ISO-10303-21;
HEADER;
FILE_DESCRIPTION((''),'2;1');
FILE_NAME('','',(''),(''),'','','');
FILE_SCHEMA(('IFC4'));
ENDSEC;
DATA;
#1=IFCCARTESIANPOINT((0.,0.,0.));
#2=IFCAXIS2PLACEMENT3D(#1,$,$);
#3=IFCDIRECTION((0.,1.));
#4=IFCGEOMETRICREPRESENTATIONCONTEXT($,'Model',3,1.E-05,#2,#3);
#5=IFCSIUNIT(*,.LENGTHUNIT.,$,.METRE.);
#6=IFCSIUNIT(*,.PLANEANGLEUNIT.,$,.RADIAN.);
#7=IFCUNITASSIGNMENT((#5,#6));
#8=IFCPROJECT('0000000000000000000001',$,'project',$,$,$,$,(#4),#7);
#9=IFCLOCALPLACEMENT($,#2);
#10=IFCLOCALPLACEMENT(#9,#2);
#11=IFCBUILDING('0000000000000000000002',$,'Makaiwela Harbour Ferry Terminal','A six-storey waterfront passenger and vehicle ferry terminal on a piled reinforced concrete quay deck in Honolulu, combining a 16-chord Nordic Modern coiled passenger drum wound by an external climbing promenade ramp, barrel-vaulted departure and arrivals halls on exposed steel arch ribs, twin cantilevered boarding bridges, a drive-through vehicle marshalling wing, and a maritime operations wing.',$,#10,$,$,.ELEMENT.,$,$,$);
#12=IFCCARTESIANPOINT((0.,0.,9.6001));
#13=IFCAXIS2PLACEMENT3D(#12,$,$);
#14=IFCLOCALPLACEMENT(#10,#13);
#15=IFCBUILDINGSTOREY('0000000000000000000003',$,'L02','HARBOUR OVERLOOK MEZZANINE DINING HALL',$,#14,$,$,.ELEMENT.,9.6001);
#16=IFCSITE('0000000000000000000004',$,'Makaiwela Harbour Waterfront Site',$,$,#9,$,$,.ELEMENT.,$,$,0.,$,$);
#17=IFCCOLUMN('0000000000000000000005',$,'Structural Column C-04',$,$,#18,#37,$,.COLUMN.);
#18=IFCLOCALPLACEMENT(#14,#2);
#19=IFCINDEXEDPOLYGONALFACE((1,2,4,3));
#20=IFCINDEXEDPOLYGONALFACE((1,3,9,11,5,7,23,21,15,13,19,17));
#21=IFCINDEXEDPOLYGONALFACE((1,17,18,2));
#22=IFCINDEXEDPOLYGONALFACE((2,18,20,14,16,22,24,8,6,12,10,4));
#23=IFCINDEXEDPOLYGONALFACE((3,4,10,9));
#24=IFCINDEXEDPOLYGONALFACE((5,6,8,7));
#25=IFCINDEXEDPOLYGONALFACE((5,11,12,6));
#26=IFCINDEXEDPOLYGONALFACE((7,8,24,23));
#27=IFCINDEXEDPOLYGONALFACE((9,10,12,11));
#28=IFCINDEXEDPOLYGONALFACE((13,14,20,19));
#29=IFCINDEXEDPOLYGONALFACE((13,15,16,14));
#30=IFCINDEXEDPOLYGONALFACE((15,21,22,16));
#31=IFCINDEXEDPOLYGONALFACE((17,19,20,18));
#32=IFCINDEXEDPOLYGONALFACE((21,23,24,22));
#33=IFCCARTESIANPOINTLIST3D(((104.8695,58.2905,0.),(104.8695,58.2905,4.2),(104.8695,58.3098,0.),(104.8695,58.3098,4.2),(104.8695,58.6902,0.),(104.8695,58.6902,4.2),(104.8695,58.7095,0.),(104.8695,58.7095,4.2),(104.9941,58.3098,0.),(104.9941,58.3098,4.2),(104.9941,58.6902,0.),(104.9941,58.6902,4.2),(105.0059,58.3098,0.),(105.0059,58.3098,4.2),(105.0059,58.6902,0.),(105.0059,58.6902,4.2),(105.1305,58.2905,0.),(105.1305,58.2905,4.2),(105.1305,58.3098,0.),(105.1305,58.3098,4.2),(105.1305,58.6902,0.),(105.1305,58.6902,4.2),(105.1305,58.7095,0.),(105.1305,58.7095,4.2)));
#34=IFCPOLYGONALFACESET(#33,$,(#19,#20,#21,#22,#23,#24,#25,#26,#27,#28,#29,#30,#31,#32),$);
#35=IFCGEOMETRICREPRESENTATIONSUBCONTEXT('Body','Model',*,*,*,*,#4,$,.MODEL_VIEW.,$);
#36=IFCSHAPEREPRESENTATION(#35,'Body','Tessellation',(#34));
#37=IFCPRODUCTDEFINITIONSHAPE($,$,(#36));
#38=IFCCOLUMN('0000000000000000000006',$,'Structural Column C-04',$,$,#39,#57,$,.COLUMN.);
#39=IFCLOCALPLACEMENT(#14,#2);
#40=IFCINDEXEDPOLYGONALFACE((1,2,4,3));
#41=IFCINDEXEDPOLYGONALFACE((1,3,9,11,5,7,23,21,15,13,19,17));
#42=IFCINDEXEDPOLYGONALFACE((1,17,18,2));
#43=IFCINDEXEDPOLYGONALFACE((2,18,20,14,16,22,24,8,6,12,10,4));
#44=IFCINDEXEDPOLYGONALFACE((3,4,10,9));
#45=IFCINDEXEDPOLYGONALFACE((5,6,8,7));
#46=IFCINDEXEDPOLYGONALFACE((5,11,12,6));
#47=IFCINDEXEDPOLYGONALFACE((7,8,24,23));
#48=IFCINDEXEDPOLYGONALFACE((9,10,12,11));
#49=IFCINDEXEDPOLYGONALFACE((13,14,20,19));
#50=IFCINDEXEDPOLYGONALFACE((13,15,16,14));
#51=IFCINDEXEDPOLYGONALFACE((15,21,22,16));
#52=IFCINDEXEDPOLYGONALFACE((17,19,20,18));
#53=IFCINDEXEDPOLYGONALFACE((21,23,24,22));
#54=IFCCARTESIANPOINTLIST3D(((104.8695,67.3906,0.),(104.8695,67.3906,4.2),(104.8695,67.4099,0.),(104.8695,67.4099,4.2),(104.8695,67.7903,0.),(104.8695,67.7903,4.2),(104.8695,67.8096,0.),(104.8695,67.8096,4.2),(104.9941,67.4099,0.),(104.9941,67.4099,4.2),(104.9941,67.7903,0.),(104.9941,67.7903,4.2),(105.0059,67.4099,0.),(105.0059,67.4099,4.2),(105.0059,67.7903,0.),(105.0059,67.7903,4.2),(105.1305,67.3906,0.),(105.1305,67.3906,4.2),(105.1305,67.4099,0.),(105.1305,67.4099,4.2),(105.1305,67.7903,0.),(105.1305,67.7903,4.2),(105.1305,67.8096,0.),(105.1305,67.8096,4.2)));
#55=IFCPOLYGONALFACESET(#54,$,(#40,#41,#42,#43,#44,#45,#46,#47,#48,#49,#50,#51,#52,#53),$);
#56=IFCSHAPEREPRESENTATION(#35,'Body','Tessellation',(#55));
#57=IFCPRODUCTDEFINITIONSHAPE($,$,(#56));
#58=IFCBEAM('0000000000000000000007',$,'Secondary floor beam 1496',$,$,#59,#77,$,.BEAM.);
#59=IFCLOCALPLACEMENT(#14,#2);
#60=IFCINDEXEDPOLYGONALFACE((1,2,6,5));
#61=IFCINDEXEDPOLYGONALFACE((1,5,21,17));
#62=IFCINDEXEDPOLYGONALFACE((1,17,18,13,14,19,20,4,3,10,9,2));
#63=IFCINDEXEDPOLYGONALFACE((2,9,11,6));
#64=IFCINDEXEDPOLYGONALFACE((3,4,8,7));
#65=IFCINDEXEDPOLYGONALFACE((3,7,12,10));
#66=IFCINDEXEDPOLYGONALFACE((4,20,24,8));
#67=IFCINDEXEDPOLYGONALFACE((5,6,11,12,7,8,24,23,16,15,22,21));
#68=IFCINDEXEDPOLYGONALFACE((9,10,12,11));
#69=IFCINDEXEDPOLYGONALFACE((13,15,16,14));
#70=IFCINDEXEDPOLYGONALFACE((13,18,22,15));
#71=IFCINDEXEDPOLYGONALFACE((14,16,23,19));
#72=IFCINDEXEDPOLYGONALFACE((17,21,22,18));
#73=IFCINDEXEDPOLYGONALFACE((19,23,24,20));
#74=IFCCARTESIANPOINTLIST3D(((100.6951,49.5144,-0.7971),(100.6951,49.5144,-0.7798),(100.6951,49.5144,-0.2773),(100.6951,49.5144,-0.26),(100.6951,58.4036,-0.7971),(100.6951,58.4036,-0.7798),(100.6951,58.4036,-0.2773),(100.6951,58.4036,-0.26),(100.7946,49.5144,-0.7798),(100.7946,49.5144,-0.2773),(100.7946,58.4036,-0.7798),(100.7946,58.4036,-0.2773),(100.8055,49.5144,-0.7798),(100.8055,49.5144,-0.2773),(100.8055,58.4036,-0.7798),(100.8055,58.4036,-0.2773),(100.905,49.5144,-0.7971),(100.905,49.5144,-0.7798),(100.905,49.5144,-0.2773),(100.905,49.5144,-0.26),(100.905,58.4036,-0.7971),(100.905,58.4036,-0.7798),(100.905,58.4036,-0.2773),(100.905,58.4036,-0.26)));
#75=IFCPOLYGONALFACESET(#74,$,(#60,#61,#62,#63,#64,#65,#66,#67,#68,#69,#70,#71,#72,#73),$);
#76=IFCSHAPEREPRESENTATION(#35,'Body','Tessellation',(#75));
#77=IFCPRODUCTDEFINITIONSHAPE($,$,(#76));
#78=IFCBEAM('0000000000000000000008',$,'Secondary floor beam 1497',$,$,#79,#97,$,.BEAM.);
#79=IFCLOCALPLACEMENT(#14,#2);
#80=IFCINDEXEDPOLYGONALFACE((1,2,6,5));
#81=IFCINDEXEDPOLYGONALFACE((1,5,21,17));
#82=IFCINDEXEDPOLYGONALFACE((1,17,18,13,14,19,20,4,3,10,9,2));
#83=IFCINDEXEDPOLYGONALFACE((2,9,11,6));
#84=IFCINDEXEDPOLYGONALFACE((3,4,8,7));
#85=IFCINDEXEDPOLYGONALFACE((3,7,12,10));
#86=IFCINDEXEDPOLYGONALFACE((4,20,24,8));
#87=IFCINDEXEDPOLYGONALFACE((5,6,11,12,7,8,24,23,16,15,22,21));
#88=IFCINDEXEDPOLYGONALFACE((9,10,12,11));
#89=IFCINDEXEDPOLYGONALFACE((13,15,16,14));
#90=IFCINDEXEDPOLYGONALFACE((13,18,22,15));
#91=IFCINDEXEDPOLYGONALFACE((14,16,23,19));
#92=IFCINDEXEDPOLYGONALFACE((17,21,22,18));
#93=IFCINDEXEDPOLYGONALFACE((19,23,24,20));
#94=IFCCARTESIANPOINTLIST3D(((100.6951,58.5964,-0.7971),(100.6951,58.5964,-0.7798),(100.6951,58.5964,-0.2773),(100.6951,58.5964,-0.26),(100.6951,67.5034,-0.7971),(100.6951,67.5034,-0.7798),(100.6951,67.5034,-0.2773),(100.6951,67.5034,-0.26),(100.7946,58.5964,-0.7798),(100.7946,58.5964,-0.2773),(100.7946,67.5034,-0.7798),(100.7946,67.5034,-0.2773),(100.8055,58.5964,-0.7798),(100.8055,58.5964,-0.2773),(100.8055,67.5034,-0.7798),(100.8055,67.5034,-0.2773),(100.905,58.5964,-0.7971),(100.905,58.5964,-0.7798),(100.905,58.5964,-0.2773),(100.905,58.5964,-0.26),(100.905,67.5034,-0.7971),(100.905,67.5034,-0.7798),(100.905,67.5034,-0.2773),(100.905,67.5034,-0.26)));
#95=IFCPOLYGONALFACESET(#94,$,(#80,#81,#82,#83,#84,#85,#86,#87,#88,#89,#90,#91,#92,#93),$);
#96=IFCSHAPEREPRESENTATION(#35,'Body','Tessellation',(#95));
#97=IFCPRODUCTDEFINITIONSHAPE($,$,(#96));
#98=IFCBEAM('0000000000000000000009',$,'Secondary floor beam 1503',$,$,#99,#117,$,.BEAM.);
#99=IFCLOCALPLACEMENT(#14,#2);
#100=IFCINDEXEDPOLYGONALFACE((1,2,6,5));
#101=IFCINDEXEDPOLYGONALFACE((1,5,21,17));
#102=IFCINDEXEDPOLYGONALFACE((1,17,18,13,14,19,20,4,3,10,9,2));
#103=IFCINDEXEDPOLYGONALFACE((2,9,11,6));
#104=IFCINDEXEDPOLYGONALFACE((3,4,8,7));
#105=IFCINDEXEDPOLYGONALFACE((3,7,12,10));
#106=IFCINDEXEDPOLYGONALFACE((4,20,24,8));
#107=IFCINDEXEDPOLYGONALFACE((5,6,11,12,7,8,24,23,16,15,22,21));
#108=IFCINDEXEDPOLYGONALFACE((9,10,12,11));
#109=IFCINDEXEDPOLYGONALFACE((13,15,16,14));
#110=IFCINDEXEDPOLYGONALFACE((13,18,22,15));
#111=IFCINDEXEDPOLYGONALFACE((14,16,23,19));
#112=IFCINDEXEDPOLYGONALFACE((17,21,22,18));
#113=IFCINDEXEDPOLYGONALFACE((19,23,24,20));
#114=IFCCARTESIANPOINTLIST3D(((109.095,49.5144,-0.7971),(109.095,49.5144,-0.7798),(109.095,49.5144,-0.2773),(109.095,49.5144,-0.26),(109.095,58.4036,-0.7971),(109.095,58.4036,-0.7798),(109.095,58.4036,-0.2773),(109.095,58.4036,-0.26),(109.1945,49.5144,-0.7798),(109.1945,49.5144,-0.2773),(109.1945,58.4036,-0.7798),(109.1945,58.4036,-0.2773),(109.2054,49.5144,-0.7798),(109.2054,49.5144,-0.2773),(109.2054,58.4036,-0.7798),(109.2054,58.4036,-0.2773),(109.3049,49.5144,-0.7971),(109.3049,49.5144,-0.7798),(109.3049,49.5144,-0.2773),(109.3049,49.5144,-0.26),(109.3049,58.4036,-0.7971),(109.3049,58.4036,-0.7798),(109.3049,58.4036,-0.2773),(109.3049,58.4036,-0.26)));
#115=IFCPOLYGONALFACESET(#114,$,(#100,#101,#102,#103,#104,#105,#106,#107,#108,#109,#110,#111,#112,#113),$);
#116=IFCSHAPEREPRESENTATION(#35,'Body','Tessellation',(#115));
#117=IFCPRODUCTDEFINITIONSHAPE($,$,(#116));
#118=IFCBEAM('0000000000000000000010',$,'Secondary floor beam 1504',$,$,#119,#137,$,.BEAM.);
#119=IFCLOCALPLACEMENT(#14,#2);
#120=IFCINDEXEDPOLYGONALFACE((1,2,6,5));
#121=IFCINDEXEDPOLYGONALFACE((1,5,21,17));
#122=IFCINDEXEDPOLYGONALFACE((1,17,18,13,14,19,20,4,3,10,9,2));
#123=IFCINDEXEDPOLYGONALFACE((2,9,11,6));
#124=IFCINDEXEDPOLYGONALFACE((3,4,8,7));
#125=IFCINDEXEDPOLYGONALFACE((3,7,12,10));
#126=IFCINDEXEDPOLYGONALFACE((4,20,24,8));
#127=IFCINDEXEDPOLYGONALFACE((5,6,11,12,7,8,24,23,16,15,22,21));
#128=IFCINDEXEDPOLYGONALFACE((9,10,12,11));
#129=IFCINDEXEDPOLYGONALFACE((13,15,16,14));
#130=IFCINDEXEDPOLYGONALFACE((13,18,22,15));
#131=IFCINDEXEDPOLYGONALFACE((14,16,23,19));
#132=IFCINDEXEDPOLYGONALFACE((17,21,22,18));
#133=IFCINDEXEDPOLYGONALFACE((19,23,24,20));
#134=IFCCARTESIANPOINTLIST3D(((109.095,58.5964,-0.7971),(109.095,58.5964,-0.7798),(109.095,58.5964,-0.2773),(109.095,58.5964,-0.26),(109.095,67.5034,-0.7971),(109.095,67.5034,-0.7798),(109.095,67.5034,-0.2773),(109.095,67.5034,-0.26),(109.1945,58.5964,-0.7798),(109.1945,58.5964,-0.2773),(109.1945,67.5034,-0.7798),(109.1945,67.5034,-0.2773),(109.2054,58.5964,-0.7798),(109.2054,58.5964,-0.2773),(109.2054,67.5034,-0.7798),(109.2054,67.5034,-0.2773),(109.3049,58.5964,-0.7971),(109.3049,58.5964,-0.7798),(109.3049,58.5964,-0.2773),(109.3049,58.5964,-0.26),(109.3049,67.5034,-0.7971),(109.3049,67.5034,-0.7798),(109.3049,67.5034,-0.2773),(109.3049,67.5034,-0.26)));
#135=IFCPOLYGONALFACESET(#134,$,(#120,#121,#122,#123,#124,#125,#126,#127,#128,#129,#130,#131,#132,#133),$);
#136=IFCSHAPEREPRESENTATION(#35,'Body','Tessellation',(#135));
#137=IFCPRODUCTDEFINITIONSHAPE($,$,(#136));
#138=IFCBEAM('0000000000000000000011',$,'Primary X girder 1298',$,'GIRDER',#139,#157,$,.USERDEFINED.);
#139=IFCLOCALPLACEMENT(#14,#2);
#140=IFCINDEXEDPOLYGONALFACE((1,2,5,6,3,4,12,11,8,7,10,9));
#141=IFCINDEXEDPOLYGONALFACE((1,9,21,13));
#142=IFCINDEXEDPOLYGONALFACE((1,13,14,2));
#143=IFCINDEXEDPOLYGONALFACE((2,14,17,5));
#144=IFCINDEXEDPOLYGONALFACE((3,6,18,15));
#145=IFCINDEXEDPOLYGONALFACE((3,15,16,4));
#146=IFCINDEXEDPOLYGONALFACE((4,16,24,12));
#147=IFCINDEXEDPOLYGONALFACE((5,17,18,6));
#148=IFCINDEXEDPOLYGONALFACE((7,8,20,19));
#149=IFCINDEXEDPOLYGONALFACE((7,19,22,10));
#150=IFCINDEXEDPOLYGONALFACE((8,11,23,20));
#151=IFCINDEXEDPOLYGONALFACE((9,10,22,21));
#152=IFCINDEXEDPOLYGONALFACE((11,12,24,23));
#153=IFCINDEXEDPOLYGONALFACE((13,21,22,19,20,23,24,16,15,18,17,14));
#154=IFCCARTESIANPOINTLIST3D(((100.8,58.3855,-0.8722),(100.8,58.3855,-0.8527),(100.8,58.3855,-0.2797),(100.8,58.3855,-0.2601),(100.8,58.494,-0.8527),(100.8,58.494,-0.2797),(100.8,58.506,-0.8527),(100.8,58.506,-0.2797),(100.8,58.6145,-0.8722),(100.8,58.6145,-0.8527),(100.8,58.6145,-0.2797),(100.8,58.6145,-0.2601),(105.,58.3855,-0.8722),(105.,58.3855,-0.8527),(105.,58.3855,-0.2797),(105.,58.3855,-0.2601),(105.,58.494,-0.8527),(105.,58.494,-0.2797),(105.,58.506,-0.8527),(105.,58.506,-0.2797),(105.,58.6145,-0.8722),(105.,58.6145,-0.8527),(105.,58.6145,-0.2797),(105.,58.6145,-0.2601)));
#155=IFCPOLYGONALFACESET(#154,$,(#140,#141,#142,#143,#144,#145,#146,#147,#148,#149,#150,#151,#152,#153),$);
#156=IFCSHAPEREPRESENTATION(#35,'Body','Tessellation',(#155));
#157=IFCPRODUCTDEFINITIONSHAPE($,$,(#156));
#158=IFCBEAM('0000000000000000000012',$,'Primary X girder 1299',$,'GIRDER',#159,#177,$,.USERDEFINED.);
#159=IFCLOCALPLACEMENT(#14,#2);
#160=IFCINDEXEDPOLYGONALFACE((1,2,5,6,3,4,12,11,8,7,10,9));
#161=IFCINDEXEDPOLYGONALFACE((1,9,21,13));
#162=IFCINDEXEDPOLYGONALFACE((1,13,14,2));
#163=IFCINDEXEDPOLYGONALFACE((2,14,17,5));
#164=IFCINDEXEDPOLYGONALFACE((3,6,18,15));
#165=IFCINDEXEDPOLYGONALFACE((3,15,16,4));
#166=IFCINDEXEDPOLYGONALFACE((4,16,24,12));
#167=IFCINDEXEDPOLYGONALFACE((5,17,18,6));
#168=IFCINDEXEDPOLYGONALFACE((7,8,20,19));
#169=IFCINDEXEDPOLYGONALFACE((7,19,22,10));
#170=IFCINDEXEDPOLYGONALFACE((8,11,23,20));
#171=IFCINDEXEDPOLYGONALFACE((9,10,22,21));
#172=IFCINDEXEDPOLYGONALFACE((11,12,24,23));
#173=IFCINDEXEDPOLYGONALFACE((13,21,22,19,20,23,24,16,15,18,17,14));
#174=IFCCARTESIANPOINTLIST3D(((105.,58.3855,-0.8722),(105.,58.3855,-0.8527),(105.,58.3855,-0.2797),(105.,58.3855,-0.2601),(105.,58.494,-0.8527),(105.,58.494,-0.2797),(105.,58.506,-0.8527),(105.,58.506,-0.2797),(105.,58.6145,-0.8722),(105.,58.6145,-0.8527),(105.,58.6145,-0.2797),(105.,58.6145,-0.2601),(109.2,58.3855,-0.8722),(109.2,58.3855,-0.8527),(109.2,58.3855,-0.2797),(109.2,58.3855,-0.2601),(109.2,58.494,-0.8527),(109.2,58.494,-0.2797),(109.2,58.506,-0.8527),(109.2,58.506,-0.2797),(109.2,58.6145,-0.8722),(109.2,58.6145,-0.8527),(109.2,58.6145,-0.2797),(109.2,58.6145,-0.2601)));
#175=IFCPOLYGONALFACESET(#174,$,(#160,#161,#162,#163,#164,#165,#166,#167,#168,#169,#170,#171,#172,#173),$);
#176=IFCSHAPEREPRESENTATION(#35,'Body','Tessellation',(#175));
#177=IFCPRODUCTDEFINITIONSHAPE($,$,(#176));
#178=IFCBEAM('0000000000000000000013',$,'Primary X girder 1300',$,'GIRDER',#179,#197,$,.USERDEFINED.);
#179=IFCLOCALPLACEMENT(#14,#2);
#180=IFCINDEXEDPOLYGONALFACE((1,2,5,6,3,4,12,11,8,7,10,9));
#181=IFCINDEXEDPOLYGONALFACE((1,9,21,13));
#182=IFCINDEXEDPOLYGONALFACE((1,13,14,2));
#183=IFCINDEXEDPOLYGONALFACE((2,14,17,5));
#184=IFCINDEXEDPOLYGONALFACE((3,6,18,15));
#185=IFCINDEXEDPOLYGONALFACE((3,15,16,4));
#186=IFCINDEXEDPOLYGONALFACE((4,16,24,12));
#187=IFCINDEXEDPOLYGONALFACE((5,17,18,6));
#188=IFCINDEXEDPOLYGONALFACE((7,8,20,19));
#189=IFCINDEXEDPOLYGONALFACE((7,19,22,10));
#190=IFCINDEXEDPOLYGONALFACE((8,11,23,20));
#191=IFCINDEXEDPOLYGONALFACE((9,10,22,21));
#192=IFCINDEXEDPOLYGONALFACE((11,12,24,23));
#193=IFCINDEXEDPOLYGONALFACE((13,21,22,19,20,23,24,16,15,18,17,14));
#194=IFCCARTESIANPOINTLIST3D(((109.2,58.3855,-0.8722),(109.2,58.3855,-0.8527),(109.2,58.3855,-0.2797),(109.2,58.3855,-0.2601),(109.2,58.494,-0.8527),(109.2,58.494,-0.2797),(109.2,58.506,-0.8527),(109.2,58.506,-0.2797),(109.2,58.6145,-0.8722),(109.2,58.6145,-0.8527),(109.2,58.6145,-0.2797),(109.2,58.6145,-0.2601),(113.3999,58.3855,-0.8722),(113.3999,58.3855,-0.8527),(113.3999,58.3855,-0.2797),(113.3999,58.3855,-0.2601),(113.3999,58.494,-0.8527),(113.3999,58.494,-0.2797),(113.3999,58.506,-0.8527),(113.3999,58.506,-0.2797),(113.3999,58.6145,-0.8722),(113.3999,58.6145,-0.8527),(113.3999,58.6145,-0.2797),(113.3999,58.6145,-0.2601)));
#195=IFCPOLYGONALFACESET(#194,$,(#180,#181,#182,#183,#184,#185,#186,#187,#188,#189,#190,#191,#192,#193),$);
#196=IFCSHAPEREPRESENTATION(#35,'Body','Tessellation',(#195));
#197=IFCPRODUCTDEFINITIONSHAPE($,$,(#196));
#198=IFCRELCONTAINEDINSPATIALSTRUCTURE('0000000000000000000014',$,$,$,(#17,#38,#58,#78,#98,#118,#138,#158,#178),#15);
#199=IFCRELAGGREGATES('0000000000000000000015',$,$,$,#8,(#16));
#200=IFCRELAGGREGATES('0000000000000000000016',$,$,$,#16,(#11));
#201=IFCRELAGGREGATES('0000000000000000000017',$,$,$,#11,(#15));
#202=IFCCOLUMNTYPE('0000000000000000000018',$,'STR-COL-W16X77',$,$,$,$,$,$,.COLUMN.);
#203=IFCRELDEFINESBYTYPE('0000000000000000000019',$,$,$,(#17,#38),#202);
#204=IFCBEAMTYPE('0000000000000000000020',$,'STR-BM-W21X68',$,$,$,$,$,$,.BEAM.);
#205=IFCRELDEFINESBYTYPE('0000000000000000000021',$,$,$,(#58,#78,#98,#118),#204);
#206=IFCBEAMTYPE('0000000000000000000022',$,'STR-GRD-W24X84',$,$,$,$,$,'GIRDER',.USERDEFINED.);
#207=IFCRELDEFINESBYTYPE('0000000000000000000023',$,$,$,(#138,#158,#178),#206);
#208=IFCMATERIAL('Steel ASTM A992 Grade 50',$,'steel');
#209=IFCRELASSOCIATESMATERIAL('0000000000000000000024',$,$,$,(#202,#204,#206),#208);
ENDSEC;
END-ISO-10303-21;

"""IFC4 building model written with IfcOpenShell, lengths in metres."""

from ifc_helpers import new_model, si_unit, direction, frame, origin, origin_2d, place, context, subcontext, project, spatial, i_section, extrude, material, material_profile, profile_set, type_object, element, save


model = new_model("IFC4")

# Units and contexts
model_context = context("Model", 3, precision=1e-05, world=origin(), true_north=direction((0.0, 1.0)))
body_context = subcontext(model_context, "Body", "Model", "MODEL_VIEW")
ifc_project = project(units=[si_unit("LENGTHUNIT", "METRE"), si_unit("PLANEANGLEUNIT", "RADIAN")], contexts=[model_context])

# Site, building, storey
site_placement = place(None, origin())
site = spatial("IfcSite", under=ifc_project, at=site_placement, Name="Makaiwela Harbour Waterfront Site", CompositionType="ELEMENT", RefElevation=0.0)
building_placement = place(site_placement, origin())
building = spatial("IfcBuilding", under=site, at=building_placement, Name="Makaiwela Harbour Ferry Terminal", Description="A six-storey waterfront passenger and vehicle ferry terminal on a piled reinforced concrete quay deck in Honolulu, combining a 16-chord Nordic Modern coiled passenger drum wound by an external climbing promenade ramp, barrel-vaulted departure and arrivals halls on exposed steel arch ribs, twin cantilevered boarding bridges, a drive-through vehicle marshalling wing, and a maritime operations wing.", CompositionType="ELEMENT")
storey_placement = place(building_placement, frame((0.0, 0.0, 9.6001)))
storey = spatial("IfcBuildingStorey", under=building, at=storey_placement, Name="L02", Description="HARBOUR OVERLOOK MEZZANINE DINING HALL", CompositionType="ELEMENT", Elevation=9.6001)

# Columns
ifc_material_1 = material(Name="Steel ASTM A992 Grade 50", Category="steel")
ifc_material_profile_1 = material_profile(ifc_material_1, i_section(OverallWidth=0.261, OverallDepth=0.4189, WebThickness=0.0117, FlangeThickness=0.0193, at=origin_2d()), Name="W16X77")
ifc_profile_set_1 = profile_set([ifc_material_profile_1], Name="Steel ASTM A992 Grade 50")
column_type = type_object("IfcColumnType", Name="STR-COL-W16X77", PredefinedType="COLUMN", material=ifc_profile_set_1)
for number, where, z_axis, x_axis, name in (
    (1, (105.0, 58.5, 0.0), (0.0, 0.0, 1.0), (1.0, 0.0, 0.0), "Structural Column C-04"),
    (2, (105.0, 67.6001, 0.0), (0.0, 0.0, 1.0), (1.0, 0.0, 0.0), "Structural Column C-04"),
):
    element("IfcColumn", number, at=place(storey_placement, frame(where, z_axis=z_axis, x_axis=x_axis)), inside=storey, type_object=column_type, Name=name, PredefinedType="COLUMN", context=body_context, shape_type="SweptSolid", body=[
        extrude(i_section(OverallWidth=0.261, OverallDepth=0.4189, WebThickness=0.0117, FlangeThickness=0.0193, at=origin_2d()), origin(), (0.0, 0.0, 1.0), 4.2),
    ])

# Beams
ifc_material_profile_2 = material_profile(ifc_material_1, i_section(OverallWidth=0.21, OverallDepth=0.5371, WebThickness=0.011, FlangeThickness=0.0173, at=origin_2d()), Name="W21X68")
ifc_profile_set_2 = profile_set([ifc_material_profile_2], Name="Steel ASTM A992 Grade 50")
beam_type_1 = type_object("IfcBeamType", Name="STR-BM-W21X68", PredefinedType="BEAM", material=ifc_profile_set_2)
beam_1_placement = place(storey_placement, frame((100.8, 49.5144, -0.5286), z_axis=(0.0, 1.0, 0.0), x_axis=(-1.0, 0.0, 0.0)))
element("IfcBeam", 3, at=beam_1_placement, inside=storey, type_object=beam_type_1, Name="Secondary floor beam 1496", PredefinedType="BEAM", context=body_context, shape_type="SweptSolid", body=[
    extrude(i_section(OverallWidth=0.21, OverallDepth=0.5371, WebThickness=0.011, FlangeThickness=0.0173, at=origin_2d()), origin(), (0.0, 0.0, 1.0), 8.8892),
])
beam_2_placement = place(storey_placement, frame((100.8, 58.5964, -0.5286), z_axis=(0.0, 1.0, 0.0), x_axis=(-1.0, 0.0, 0.0)))
element("IfcBeam", 4, at=beam_2_placement, inside=storey, type_object=beam_type_1, Name="Secondary floor beam 1497", PredefinedType="BEAM", context=body_context, shape_type="SweptSolid", body=[
    extrude(i_section(OverallWidth=0.21, OverallDepth=0.5371, WebThickness=0.011, FlangeThickness=0.0173, at=origin_2d()), origin(), (0.0, 0.0, 1.0), 8.907),
])
beam_3_placement = place(storey_placement, frame((109.2, 49.5144, -0.5286), z_axis=(0.0, 1.0, 0.0), x_axis=(-1.0, 0.0, 0.0)))
element("IfcBeam", 5, at=beam_3_placement, inside=storey, type_object=beam_type_1, Name="Secondary floor beam 1503", PredefinedType="BEAM", context=body_context, shape_type="SweptSolid", body=[
    extrude(i_section(OverallWidth=0.21, OverallDepth=0.5371, WebThickness=0.011, FlangeThickness=0.0173, at=origin_2d()), origin(), (0.0, 0.0, 1.0), 8.8892),
])
beam_4_placement = place(storey_placement, frame((109.2, 58.5964, -0.5286), z_axis=(0.0, 1.0, 0.0), x_axis=(-1.0, 0.0, 0.0)))
element("IfcBeam", 6, at=beam_4_placement, inside=storey, type_object=beam_type_1, Name="Secondary floor beam 1504", PredefinedType="BEAM", context=body_context, shape_type="SweptSolid", body=[
    extrude(i_section(OverallWidth=0.21, OverallDepth=0.5371, WebThickness=0.011, FlangeThickness=0.0173, at=origin_2d()), origin(), (0.0, 0.0, 1.0), 8.907),
])
ifc_material_profile_3 = material_profile(ifc_material_1, i_section(OverallWidth=0.229, OverallDepth=0.6121, WebThickness=0.012, FlangeThickness=0.0195, at=origin_2d()), Name="W24X84")
ifc_profile_set_3 = profile_set([ifc_material_profile_3], Name="Steel ASTM A992 Grade 50")
beam_type_2 = type_object("IfcBeamType", Name="STR-GRD-W24X84", ElementType="GIRDER", PredefinedType="USERDEFINED", material=ifc_profile_set_3)
for number, where, z_axis, x_axis, name in (
    (7, (100.8, 58.5, -0.5662), (1.0, 0.0, 0.0), (0.0, 1.0, 0.0), "Primary X girder 1298"),
    (8, (105.0, 58.5, -0.5662), (1.0, 0.0, 0.0), (0.0, 1.0, 0.0), "Primary X girder 1299"),
    (9, (109.2, 58.5, -0.5662), (1.0, 0.0, 0.0), (0.0, 1.0, 0.0), "Primary X girder 1300"),
):
    element("IfcBeam", number, at=place(storey_placement, frame(where, z_axis=z_axis, x_axis=x_axis)), inside=storey, type_object=beam_type_2, Name=name, ObjectType="GIRDER", PredefinedType="USERDEFINED", context=body_context, shape_type="SweptSolid", body=[
        extrude(i_section(OverallWidth=0.229, OverallDepth=0.6121, WebThickness=0.012, FlangeThickness=0.0195, at=origin_2d()), origin(), (0.0, 0.0, 1.0), 4.2),
    ])

save(model, "model.ifc")
